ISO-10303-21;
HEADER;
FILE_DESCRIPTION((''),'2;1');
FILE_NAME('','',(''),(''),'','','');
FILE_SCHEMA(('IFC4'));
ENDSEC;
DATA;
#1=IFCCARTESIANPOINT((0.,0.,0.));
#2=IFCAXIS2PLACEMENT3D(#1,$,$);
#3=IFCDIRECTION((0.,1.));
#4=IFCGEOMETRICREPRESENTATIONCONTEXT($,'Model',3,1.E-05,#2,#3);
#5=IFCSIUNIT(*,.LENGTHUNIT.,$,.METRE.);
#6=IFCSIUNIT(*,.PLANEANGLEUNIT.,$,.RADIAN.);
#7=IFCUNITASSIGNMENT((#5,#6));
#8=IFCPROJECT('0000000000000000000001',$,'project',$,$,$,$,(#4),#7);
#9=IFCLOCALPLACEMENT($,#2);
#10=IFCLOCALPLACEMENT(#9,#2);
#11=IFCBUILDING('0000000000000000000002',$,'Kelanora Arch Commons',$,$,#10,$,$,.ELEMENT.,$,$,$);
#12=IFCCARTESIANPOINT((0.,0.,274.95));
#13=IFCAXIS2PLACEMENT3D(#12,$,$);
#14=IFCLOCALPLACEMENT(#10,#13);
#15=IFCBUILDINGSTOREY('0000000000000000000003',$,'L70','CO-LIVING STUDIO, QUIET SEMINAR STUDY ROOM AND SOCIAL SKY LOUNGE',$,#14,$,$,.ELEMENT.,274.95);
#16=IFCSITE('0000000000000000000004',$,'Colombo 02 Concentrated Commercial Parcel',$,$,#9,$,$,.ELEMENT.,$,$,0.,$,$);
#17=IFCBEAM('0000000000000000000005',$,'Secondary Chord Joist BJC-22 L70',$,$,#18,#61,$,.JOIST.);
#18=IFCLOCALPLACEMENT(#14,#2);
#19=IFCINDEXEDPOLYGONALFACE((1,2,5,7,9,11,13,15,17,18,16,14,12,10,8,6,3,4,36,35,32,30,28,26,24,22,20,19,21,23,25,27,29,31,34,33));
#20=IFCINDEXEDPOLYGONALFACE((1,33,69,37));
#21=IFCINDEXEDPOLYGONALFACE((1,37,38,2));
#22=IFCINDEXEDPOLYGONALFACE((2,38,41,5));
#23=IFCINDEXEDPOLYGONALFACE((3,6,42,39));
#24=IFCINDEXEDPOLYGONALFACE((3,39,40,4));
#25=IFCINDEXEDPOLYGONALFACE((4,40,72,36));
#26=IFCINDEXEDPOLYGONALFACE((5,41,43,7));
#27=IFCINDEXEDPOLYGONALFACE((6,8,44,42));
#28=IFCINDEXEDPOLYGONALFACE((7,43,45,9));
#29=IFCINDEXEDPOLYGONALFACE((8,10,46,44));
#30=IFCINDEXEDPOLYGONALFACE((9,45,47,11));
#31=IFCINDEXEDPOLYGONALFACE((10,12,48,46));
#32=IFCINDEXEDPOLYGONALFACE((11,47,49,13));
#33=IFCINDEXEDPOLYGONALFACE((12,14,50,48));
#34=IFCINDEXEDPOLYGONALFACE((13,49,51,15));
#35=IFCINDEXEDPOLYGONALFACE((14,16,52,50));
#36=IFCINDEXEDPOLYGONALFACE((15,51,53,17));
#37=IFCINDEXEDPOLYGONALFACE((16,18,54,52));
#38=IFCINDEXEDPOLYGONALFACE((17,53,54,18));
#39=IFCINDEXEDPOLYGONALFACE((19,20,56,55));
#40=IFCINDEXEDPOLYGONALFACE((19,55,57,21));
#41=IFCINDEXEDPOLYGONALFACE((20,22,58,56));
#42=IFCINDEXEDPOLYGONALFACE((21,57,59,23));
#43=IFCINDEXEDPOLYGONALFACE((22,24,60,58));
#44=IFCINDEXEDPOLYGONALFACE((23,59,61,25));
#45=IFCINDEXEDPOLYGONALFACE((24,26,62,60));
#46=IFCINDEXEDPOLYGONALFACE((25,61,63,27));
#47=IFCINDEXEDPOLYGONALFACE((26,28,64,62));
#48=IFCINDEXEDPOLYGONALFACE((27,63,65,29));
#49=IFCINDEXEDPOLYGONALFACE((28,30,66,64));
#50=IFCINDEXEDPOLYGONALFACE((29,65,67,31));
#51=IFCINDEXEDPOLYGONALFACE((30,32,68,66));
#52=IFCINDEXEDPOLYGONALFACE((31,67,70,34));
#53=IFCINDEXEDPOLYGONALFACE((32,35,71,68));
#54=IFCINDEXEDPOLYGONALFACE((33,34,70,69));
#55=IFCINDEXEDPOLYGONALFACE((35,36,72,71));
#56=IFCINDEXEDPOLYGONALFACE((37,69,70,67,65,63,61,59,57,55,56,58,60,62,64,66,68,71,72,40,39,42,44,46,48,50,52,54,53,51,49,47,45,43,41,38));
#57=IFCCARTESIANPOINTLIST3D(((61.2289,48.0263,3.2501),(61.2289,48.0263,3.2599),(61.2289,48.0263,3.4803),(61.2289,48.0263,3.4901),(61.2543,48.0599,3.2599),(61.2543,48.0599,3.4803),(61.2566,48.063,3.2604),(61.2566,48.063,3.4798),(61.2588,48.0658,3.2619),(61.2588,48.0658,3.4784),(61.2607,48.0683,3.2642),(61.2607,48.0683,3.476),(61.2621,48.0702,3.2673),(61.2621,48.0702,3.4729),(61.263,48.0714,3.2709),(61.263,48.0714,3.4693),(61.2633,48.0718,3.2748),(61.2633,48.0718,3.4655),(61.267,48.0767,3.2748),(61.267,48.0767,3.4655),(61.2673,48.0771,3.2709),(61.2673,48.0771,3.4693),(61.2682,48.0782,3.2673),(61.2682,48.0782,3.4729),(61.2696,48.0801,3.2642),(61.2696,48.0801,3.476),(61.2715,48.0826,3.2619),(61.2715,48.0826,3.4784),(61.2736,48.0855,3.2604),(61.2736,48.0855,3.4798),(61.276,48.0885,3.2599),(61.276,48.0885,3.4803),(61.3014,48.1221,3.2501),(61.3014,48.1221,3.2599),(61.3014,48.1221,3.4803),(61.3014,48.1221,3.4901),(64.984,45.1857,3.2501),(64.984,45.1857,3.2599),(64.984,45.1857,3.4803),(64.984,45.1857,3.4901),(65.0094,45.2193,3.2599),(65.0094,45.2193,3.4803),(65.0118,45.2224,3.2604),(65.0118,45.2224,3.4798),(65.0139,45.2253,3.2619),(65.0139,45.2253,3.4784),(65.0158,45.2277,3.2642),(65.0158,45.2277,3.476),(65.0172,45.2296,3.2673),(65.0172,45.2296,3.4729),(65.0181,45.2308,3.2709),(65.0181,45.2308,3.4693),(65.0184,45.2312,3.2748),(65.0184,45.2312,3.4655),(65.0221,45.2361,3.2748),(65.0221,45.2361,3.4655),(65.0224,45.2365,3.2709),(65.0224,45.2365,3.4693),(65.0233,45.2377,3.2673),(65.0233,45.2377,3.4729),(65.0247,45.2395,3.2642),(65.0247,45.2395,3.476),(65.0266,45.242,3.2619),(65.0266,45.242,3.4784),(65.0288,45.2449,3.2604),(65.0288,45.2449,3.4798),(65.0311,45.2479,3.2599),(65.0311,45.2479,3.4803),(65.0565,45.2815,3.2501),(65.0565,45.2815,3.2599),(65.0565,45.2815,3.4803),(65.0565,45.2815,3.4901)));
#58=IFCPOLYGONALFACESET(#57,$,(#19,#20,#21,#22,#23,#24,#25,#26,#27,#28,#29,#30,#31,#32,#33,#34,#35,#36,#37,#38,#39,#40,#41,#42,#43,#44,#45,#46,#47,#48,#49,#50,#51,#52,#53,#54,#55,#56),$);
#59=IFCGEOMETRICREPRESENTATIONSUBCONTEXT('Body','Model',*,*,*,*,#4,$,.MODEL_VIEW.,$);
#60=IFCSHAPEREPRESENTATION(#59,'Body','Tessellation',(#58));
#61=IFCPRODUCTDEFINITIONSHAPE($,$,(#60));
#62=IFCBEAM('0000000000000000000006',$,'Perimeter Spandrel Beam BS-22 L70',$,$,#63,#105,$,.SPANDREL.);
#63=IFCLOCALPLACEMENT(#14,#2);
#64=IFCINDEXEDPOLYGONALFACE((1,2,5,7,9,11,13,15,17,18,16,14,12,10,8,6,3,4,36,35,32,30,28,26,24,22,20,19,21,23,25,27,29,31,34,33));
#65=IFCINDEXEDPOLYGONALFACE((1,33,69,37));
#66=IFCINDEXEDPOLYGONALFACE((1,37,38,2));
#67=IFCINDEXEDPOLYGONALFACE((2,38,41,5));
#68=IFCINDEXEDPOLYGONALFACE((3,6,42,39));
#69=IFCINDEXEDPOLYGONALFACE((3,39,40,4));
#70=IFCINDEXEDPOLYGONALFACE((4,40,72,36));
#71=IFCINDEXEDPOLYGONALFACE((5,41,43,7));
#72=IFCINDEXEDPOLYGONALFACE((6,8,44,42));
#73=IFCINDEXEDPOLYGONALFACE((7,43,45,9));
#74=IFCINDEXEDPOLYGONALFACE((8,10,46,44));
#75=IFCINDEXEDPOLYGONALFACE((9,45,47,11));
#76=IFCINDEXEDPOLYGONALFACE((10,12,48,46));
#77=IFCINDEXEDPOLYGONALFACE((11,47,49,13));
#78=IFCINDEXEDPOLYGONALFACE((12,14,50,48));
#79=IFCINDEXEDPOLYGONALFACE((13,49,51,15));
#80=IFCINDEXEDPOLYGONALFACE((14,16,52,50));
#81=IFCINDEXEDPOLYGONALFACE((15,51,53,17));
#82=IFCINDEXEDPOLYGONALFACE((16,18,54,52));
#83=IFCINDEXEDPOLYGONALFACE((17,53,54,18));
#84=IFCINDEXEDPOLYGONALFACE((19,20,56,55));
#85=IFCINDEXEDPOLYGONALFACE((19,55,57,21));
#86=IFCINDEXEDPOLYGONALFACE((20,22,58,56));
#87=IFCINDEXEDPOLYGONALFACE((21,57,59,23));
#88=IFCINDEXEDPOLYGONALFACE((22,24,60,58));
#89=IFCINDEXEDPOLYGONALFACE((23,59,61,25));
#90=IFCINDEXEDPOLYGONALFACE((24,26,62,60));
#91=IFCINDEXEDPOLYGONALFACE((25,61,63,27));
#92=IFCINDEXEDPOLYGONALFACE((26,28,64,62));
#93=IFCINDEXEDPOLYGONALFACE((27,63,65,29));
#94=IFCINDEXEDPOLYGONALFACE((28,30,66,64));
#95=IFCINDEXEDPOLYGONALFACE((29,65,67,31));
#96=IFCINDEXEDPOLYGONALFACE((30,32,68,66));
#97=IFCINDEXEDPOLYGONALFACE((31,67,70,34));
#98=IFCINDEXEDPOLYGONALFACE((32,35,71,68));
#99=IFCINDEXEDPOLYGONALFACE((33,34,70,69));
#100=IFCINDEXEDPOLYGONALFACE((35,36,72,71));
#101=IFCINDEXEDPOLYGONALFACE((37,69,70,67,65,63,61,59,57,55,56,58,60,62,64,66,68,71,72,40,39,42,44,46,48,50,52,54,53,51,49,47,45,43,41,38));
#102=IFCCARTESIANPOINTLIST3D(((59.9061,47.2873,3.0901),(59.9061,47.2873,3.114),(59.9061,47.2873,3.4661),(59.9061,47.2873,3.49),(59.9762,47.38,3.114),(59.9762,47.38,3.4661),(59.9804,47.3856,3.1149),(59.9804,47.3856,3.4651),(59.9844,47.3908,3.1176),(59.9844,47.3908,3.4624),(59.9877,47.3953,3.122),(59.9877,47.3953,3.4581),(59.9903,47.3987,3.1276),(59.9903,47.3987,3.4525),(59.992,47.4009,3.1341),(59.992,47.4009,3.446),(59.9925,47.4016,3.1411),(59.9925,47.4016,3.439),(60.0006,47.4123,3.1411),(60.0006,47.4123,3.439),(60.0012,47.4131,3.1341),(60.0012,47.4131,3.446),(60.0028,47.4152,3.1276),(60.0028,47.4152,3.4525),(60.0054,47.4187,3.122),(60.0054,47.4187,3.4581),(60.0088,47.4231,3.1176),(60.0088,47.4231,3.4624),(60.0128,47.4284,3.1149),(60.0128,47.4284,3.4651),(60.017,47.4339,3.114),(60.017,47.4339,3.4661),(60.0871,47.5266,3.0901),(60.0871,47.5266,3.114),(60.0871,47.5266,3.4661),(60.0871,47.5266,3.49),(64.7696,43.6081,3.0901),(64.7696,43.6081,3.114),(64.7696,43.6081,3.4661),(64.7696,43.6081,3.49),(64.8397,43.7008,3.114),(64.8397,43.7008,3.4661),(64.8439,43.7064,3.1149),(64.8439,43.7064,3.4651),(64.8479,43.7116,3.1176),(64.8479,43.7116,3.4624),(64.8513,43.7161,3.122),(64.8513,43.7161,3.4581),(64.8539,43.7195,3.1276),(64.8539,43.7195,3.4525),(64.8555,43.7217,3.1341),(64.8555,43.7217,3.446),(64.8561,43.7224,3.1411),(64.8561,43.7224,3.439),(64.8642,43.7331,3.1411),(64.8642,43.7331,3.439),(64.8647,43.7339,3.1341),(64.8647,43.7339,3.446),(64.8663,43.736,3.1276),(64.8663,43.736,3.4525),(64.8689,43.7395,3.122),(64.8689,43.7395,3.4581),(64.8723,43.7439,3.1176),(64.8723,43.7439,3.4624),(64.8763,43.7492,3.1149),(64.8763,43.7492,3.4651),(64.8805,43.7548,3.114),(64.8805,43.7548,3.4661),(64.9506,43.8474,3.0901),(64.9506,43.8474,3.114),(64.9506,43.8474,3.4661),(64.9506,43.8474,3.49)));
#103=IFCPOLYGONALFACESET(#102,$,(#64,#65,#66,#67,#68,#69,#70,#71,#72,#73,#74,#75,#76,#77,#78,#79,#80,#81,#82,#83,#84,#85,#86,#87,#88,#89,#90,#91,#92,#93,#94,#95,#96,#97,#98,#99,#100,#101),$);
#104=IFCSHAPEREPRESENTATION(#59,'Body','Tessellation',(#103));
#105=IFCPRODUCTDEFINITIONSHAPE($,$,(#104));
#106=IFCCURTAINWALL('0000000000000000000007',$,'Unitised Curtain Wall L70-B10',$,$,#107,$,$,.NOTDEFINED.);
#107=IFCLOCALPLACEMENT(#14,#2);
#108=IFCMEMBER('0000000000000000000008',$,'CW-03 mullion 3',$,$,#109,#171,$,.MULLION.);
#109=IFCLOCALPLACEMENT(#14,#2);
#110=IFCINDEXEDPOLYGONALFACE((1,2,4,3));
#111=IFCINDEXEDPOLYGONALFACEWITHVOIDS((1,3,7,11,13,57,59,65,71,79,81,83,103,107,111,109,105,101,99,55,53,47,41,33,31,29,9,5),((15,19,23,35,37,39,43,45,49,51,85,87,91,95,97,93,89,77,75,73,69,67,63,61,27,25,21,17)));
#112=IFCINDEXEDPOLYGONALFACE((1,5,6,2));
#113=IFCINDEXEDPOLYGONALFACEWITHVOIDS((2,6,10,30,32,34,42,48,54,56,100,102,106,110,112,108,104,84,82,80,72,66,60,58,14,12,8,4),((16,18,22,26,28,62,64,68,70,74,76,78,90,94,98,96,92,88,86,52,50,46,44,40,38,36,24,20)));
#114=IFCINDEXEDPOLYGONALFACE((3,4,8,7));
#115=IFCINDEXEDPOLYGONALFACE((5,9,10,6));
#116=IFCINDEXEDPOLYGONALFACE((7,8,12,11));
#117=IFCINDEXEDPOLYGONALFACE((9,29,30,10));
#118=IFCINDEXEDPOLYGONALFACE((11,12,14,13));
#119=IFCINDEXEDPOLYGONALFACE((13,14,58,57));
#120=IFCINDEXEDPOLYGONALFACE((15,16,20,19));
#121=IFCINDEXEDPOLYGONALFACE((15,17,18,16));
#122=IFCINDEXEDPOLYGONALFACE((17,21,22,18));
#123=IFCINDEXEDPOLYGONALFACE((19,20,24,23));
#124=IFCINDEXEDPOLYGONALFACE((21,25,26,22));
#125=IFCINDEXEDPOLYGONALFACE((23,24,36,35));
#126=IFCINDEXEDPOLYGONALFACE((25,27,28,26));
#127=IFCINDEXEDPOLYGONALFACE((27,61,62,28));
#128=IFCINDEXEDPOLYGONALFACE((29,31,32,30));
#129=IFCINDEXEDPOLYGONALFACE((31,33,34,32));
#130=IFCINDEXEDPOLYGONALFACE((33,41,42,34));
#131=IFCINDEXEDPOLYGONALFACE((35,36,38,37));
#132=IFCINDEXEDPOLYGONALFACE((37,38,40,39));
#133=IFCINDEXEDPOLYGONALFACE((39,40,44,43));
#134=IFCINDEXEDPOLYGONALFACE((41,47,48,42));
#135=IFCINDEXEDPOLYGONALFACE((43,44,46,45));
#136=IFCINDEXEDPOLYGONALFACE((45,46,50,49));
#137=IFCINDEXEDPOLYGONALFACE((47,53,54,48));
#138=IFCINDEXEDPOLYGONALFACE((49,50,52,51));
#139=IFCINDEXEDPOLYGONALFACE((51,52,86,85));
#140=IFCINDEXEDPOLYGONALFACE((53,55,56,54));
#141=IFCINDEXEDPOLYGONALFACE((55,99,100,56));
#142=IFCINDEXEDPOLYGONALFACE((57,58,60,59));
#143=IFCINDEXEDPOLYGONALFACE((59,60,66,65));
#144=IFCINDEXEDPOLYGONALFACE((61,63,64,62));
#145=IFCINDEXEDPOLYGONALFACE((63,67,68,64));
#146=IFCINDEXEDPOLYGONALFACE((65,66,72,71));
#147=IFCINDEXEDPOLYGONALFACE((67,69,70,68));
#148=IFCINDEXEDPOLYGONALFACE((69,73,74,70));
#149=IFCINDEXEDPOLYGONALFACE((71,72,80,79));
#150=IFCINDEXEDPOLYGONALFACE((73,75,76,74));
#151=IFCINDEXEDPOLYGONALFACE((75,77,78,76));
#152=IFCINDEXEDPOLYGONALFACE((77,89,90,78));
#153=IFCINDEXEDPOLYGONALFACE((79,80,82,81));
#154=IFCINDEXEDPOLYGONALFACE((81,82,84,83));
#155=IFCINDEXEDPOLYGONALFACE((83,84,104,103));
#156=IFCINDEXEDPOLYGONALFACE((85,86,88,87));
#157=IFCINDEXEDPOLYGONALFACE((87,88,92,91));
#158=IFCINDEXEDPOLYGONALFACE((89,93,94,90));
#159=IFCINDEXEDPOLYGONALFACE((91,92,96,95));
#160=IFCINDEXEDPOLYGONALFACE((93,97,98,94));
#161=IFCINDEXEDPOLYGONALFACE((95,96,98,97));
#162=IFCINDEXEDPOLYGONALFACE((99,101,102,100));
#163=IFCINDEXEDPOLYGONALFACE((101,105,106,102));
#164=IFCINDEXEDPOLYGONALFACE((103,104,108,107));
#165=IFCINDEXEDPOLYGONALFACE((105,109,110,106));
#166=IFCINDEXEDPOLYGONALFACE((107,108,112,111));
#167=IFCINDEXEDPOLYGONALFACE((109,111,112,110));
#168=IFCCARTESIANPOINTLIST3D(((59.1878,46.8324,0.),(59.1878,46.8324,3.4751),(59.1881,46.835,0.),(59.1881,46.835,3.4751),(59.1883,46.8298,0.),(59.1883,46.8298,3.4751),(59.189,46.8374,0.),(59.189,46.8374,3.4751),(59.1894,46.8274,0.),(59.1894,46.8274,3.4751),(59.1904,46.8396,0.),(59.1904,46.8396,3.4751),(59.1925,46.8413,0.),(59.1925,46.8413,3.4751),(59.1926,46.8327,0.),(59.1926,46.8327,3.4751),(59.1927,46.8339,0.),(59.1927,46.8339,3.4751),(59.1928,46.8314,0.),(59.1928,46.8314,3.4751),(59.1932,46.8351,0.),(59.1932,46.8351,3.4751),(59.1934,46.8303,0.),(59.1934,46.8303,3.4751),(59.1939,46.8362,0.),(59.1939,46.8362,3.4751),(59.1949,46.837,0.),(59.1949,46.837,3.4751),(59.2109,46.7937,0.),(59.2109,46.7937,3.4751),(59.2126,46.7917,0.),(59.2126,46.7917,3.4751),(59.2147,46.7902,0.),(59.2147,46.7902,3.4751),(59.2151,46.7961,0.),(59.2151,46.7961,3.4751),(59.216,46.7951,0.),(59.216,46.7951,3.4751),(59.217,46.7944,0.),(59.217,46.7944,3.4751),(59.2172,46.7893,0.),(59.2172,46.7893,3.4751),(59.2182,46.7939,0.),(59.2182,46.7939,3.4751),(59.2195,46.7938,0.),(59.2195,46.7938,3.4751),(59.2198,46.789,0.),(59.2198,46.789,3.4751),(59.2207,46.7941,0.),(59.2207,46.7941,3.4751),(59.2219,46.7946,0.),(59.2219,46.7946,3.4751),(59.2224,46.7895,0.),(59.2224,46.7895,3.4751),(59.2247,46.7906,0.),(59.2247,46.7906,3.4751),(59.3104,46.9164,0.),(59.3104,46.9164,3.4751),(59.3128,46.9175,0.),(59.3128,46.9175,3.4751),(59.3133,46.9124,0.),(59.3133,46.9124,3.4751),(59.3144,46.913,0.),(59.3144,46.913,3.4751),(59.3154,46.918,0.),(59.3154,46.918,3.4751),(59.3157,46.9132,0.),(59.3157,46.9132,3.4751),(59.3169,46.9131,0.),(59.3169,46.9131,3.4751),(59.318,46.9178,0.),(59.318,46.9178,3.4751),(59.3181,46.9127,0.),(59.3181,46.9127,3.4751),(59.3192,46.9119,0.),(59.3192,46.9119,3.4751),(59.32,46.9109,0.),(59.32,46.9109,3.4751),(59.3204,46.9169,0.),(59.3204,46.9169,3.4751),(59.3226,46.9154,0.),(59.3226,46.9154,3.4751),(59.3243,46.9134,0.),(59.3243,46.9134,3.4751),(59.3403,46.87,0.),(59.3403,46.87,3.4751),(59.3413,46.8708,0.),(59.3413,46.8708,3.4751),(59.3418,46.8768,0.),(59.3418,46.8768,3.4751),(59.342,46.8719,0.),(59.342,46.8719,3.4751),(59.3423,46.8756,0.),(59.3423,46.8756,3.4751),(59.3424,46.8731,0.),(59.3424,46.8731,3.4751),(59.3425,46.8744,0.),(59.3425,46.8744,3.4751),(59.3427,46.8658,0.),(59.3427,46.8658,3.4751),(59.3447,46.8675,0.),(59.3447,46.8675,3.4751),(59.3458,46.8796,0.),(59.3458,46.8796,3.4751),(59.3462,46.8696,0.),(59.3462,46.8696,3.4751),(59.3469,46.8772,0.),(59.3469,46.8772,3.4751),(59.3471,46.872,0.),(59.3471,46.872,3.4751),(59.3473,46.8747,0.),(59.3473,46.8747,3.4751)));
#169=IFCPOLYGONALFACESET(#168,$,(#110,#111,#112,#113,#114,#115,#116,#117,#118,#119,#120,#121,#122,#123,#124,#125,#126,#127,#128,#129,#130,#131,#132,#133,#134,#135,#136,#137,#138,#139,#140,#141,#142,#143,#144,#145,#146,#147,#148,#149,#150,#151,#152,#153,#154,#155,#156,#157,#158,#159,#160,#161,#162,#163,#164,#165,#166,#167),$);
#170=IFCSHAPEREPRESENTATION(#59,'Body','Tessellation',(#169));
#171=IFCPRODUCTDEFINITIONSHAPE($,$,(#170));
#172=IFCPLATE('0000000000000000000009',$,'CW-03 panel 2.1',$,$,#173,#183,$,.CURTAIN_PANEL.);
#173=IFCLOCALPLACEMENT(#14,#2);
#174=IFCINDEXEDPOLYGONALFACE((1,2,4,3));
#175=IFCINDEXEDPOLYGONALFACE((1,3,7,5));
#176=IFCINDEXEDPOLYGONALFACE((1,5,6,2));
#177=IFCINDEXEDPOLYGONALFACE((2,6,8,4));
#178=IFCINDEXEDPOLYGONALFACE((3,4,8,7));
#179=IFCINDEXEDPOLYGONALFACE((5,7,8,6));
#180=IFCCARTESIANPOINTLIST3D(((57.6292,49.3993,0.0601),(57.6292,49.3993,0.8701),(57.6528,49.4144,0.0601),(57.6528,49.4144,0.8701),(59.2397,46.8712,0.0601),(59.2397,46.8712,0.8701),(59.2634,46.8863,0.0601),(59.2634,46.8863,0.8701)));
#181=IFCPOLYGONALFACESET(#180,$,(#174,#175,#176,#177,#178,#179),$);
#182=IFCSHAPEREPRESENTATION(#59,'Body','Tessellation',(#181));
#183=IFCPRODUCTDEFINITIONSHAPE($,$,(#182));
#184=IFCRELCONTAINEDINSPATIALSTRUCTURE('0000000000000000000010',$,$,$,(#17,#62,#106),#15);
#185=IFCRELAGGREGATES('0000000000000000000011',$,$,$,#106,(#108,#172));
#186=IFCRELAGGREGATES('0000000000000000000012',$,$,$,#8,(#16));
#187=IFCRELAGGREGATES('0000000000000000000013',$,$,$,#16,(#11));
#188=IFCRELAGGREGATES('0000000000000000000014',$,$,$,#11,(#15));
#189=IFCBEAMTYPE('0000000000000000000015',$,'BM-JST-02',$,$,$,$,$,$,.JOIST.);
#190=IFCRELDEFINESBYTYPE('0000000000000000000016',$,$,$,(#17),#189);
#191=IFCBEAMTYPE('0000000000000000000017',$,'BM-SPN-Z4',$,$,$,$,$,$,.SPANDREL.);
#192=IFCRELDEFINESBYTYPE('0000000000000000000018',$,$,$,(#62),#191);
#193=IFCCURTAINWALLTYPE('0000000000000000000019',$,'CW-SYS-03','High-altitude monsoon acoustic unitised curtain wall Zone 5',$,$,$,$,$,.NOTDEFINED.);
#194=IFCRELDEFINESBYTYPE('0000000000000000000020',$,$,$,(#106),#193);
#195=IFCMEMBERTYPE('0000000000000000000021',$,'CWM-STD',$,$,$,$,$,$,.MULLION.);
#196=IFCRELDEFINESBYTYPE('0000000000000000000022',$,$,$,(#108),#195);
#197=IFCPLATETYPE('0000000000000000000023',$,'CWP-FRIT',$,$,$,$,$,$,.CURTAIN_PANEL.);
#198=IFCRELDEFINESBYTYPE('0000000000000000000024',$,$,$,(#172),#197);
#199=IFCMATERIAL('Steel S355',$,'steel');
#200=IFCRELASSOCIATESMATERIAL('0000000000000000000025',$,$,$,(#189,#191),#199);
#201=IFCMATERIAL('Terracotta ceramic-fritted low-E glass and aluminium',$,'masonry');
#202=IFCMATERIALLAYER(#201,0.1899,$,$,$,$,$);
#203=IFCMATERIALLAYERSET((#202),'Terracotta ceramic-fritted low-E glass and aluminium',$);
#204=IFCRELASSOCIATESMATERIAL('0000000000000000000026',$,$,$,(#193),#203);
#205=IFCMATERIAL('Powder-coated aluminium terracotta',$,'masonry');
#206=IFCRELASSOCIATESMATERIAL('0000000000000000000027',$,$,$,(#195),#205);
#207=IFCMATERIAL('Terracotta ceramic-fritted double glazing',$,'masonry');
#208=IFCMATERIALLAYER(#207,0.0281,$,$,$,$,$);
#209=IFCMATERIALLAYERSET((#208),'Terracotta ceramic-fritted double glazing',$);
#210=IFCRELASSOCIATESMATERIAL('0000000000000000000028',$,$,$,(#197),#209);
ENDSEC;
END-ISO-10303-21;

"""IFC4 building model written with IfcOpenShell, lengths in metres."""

from ifc_helpers import new_model, si_unit, direction, frame, origin, origin_2d, place, context, subcontext, project, spatial, rectangle, hollow_rectangle, i_section, extrude, source, transform, mapped, material, layer, layer_set, material_profile, profile_set, type_object, element, aggregate, save


model = new_model("IFC4")

# Units and contexts
model_context = context("Model", 3, precision=1e-05, world=origin(), true_north=direction((0.0, 1.0)))
body_context = subcontext(model_context, "Body", "Model", "MODEL_VIEW")
ifc_project = project(units=[si_unit("LENGTHUNIT", "METRE"), si_unit("PLANEANGLEUNIT", "RADIAN")], contexts=[model_context])

# Site, building, storey
site_placement = place(None, origin())
site = spatial("IfcSite", under=ifc_project, at=site_placement, Name="Colombo 02 Concentrated Commercial Parcel", CompositionType="ELEMENT", RefElevation=0.0)
building_placement = place(site_placement, origin())
building = spatial("IfcBuilding", under=site, at=building_placement, Name="Kelanora Arch Commons", CompositionType="ELEMENT")
storey_placement = place(building_placement, frame((0.0, 0.0, 274.95)))
storey = spatial("IfcBuildingStorey", under=building, at=storey_placement, Name="L70", Description="CO-LIVING STUDIO, QUIET SEMINAR STUDY ROOM AND SOCIAL SKY LOUNGE", CompositionType="ELEMENT", Elevation=274.95)

# Beams
ifc_material_1 = material(Name="Steel S355", Category="steel")
ifc_material_profile_1 = material_profile(ifc_material_1, i_section(OverallWidth=0.1201, OverallDepth=0.24, WebThickness=0.0061, FlangeThickness=0.0098, FilletRadius=0.0149, at=origin_2d()), Name="IPE240")
ifc_profile_set_1 = profile_set([ifc_material_profile_1], Name="Steel S355")
beam_type_1 = type_object("IfcBeamType", Name="BM-JST-02", PredefinedType="JOIST", material=ifc_profile_set_1)
beam_1_placement = place(storey_placement, frame((61.2651, 48.0742, 3.3701), z_axis=(0.797523, -0.603289, 0.0), x_axis=(0.603289, 0.797523, 0.0)))
element("IfcBeam", 1, at=beam_1_placement, inside=storey, type_object=beam_type_1, Name="Secondary Chord Joist BJC-22 L70", PredefinedType="JOIST", context=body_context, shape_type="SweptSolid", body=[
    extrude(i_section(OverallWidth=0.1201, OverallDepth=0.24, WebThickness=0.0061, FlangeThickness=0.0098, FilletRadius=0.0149, at=origin_2d()), origin(), (0.0, 0.0, 1.0), 4.7085),
])
ifc_material_profile_2 = material_profile(ifc_material_1, i_section(OverallWidth=0.3, OverallDepth=0.3999, WebThickness=0.0134, FlangeThickness=0.0239, FilletRadius=0.0271, at=origin_2d()), Name="HEB400")
ifc_profile_set_2 = profile_set([ifc_material_profile_2], Name="Steel S355")
beam_type_2 = type_object("IfcBeamType", Name="BM-SPN-Z4", PredefinedType="SPANDREL", material=ifc_profile_set_2)
beam_2_placement = place(storey_placement, frame((59.9966, 47.407, 3.29), z_axis=(0.797509, -0.603306, 0.0), x_axis=(0.603306, 0.797509, 0.0)))
element("IfcBeam", 2, at=beam_2_placement, inside=storey, type_object=beam_type_2, Name="Perimeter Spandrel Beam BS-22 L70", PredefinedType="SPANDREL", context=body_context, shape_type="SweptSolid", body=[
    extrude(i_section(OverallWidth=0.3, OverallDepth=0.3999, WebThickness=0.0134, FlangeThickness=0.0239, FilletRadius=0.0271, at=origin_2d()), origin(), (0.0, 0.0, 1.0), 6.0984),
])

# Curtain wall, member, plate
ifc_material_2 = material(Name="Terracotta ceramic-fritted low-E glass and aluminium", Category="masonry")
ifc_layer_1 = layer(ifc_material_2, 0.1899)
ifc_layer_set_1 = layer_set([ifc_layer_1], Name="Terracotta ceramic-fritted low-E glass and aluminium")
curtain_wall_type = type_object("IfcCurtainWallType", Name="CW-SYS-03", Description="High-altitude monsoon acoustic unitised curtain wall Zone 5", PredefinedType="NOTDEFINED", material=ifc_layer_set_1)
curtain_wall_placement = place(storey_placement, origin())
curtain_wall = element("IfcCurtainWall", 3, at=curtain_wall_placement, inside=storey, type_object=curtain_wall_type, Name="Unitised Curtain Wall L70-B10", PredefinedType="NOTDEFINED")
ifc_material_3 = material(Name="Powder-coated aluminium terracotta", Category="masonry")
ifc_material_profile_3 = material_profile(ifc_material_3, hollow_rectangle(XDim=0.1599, YDim=0.0601, WallThickness=0.0049, InnerFilletRadius=0.0049, OuterFilletRadius=0.01, at=origin_2d()), Name="CWM160x60")
ifc_profile_set_3 = profile_set([ifc_material_profile_3], Name="Powder-coated aluminium terracotta")
member_type = type_object("IfcMemberType", Name="CWM-STD", PredefinedType="MULLION", material=ifc_profile_set_3)
member_placement = place(storey_placement, frame((59.2676, 46.8535, 0.0), z_axis=(0.0, 0.0, 1.0), x_axis=(0.843391, 0.5373, 0.0)))
member = element("IfcMember", 4, at=member_placement, type_object=member_type, Name="CW-03 mullion 3", PredefinedType="MULLION", context=body_context, shape_type="SweptSolid", body=[
    extrude(hollow_rectangle(XDim=0.1599, YDim=0.0601, WallThickness=0.0049, InnerFilletRadius=0.0049, OuterFilletRadius=0.01, at=origin_2d()), origin(), (0.0, 0.0, 1.0), 3.4751),
])
ifc_material_4 = material(Name="Terracotta ceramic-fritted double glazing", Category="masonry")
ifc_layer_2 = layer(ifc_material_4, 0.0281)
ifc_layer_set_2 = layer_set([ifc_layer_2], Name="Terracotta ceramic-fritted double glazing")
plate_type = type_object("IfcPlateType", Name="CWP-FRIT", PredefinedType="CURTAIN_PANEL", material=ifc_layer_set_2)
shared_shape_1 = source(origin(), body_context, "Body", "SweptSolid", [
    extrude(rectangle(XDim=2.9976, YDim=0.0281, at=origin_2d()), origin(), (0.0, 0.0, 1.0), 0.8101),
])
plate_1_placement = place(storey_placement, frame((58.4463, 48.1428, 0.0601), z_axis=(0.0, 0.0, 1.0), x_axis=(0.5373, -0.843391, 0.0)))
plate_1 = element("IfcPlate", 5, at=plate_1_placement, type_object=plate_type, Name="CW-03 panel 2.1", PredefinedType="CURTAIN_PANEL", context=body_context, shape_type="MappedRepresentation", body=[
    mapped(shared_shape_1, transform((0.0, 0.0, 0.0), scale=1.0)),
])
aggregate(curtain_wall, [member, plate_1])

save(model, "model.ifc")
